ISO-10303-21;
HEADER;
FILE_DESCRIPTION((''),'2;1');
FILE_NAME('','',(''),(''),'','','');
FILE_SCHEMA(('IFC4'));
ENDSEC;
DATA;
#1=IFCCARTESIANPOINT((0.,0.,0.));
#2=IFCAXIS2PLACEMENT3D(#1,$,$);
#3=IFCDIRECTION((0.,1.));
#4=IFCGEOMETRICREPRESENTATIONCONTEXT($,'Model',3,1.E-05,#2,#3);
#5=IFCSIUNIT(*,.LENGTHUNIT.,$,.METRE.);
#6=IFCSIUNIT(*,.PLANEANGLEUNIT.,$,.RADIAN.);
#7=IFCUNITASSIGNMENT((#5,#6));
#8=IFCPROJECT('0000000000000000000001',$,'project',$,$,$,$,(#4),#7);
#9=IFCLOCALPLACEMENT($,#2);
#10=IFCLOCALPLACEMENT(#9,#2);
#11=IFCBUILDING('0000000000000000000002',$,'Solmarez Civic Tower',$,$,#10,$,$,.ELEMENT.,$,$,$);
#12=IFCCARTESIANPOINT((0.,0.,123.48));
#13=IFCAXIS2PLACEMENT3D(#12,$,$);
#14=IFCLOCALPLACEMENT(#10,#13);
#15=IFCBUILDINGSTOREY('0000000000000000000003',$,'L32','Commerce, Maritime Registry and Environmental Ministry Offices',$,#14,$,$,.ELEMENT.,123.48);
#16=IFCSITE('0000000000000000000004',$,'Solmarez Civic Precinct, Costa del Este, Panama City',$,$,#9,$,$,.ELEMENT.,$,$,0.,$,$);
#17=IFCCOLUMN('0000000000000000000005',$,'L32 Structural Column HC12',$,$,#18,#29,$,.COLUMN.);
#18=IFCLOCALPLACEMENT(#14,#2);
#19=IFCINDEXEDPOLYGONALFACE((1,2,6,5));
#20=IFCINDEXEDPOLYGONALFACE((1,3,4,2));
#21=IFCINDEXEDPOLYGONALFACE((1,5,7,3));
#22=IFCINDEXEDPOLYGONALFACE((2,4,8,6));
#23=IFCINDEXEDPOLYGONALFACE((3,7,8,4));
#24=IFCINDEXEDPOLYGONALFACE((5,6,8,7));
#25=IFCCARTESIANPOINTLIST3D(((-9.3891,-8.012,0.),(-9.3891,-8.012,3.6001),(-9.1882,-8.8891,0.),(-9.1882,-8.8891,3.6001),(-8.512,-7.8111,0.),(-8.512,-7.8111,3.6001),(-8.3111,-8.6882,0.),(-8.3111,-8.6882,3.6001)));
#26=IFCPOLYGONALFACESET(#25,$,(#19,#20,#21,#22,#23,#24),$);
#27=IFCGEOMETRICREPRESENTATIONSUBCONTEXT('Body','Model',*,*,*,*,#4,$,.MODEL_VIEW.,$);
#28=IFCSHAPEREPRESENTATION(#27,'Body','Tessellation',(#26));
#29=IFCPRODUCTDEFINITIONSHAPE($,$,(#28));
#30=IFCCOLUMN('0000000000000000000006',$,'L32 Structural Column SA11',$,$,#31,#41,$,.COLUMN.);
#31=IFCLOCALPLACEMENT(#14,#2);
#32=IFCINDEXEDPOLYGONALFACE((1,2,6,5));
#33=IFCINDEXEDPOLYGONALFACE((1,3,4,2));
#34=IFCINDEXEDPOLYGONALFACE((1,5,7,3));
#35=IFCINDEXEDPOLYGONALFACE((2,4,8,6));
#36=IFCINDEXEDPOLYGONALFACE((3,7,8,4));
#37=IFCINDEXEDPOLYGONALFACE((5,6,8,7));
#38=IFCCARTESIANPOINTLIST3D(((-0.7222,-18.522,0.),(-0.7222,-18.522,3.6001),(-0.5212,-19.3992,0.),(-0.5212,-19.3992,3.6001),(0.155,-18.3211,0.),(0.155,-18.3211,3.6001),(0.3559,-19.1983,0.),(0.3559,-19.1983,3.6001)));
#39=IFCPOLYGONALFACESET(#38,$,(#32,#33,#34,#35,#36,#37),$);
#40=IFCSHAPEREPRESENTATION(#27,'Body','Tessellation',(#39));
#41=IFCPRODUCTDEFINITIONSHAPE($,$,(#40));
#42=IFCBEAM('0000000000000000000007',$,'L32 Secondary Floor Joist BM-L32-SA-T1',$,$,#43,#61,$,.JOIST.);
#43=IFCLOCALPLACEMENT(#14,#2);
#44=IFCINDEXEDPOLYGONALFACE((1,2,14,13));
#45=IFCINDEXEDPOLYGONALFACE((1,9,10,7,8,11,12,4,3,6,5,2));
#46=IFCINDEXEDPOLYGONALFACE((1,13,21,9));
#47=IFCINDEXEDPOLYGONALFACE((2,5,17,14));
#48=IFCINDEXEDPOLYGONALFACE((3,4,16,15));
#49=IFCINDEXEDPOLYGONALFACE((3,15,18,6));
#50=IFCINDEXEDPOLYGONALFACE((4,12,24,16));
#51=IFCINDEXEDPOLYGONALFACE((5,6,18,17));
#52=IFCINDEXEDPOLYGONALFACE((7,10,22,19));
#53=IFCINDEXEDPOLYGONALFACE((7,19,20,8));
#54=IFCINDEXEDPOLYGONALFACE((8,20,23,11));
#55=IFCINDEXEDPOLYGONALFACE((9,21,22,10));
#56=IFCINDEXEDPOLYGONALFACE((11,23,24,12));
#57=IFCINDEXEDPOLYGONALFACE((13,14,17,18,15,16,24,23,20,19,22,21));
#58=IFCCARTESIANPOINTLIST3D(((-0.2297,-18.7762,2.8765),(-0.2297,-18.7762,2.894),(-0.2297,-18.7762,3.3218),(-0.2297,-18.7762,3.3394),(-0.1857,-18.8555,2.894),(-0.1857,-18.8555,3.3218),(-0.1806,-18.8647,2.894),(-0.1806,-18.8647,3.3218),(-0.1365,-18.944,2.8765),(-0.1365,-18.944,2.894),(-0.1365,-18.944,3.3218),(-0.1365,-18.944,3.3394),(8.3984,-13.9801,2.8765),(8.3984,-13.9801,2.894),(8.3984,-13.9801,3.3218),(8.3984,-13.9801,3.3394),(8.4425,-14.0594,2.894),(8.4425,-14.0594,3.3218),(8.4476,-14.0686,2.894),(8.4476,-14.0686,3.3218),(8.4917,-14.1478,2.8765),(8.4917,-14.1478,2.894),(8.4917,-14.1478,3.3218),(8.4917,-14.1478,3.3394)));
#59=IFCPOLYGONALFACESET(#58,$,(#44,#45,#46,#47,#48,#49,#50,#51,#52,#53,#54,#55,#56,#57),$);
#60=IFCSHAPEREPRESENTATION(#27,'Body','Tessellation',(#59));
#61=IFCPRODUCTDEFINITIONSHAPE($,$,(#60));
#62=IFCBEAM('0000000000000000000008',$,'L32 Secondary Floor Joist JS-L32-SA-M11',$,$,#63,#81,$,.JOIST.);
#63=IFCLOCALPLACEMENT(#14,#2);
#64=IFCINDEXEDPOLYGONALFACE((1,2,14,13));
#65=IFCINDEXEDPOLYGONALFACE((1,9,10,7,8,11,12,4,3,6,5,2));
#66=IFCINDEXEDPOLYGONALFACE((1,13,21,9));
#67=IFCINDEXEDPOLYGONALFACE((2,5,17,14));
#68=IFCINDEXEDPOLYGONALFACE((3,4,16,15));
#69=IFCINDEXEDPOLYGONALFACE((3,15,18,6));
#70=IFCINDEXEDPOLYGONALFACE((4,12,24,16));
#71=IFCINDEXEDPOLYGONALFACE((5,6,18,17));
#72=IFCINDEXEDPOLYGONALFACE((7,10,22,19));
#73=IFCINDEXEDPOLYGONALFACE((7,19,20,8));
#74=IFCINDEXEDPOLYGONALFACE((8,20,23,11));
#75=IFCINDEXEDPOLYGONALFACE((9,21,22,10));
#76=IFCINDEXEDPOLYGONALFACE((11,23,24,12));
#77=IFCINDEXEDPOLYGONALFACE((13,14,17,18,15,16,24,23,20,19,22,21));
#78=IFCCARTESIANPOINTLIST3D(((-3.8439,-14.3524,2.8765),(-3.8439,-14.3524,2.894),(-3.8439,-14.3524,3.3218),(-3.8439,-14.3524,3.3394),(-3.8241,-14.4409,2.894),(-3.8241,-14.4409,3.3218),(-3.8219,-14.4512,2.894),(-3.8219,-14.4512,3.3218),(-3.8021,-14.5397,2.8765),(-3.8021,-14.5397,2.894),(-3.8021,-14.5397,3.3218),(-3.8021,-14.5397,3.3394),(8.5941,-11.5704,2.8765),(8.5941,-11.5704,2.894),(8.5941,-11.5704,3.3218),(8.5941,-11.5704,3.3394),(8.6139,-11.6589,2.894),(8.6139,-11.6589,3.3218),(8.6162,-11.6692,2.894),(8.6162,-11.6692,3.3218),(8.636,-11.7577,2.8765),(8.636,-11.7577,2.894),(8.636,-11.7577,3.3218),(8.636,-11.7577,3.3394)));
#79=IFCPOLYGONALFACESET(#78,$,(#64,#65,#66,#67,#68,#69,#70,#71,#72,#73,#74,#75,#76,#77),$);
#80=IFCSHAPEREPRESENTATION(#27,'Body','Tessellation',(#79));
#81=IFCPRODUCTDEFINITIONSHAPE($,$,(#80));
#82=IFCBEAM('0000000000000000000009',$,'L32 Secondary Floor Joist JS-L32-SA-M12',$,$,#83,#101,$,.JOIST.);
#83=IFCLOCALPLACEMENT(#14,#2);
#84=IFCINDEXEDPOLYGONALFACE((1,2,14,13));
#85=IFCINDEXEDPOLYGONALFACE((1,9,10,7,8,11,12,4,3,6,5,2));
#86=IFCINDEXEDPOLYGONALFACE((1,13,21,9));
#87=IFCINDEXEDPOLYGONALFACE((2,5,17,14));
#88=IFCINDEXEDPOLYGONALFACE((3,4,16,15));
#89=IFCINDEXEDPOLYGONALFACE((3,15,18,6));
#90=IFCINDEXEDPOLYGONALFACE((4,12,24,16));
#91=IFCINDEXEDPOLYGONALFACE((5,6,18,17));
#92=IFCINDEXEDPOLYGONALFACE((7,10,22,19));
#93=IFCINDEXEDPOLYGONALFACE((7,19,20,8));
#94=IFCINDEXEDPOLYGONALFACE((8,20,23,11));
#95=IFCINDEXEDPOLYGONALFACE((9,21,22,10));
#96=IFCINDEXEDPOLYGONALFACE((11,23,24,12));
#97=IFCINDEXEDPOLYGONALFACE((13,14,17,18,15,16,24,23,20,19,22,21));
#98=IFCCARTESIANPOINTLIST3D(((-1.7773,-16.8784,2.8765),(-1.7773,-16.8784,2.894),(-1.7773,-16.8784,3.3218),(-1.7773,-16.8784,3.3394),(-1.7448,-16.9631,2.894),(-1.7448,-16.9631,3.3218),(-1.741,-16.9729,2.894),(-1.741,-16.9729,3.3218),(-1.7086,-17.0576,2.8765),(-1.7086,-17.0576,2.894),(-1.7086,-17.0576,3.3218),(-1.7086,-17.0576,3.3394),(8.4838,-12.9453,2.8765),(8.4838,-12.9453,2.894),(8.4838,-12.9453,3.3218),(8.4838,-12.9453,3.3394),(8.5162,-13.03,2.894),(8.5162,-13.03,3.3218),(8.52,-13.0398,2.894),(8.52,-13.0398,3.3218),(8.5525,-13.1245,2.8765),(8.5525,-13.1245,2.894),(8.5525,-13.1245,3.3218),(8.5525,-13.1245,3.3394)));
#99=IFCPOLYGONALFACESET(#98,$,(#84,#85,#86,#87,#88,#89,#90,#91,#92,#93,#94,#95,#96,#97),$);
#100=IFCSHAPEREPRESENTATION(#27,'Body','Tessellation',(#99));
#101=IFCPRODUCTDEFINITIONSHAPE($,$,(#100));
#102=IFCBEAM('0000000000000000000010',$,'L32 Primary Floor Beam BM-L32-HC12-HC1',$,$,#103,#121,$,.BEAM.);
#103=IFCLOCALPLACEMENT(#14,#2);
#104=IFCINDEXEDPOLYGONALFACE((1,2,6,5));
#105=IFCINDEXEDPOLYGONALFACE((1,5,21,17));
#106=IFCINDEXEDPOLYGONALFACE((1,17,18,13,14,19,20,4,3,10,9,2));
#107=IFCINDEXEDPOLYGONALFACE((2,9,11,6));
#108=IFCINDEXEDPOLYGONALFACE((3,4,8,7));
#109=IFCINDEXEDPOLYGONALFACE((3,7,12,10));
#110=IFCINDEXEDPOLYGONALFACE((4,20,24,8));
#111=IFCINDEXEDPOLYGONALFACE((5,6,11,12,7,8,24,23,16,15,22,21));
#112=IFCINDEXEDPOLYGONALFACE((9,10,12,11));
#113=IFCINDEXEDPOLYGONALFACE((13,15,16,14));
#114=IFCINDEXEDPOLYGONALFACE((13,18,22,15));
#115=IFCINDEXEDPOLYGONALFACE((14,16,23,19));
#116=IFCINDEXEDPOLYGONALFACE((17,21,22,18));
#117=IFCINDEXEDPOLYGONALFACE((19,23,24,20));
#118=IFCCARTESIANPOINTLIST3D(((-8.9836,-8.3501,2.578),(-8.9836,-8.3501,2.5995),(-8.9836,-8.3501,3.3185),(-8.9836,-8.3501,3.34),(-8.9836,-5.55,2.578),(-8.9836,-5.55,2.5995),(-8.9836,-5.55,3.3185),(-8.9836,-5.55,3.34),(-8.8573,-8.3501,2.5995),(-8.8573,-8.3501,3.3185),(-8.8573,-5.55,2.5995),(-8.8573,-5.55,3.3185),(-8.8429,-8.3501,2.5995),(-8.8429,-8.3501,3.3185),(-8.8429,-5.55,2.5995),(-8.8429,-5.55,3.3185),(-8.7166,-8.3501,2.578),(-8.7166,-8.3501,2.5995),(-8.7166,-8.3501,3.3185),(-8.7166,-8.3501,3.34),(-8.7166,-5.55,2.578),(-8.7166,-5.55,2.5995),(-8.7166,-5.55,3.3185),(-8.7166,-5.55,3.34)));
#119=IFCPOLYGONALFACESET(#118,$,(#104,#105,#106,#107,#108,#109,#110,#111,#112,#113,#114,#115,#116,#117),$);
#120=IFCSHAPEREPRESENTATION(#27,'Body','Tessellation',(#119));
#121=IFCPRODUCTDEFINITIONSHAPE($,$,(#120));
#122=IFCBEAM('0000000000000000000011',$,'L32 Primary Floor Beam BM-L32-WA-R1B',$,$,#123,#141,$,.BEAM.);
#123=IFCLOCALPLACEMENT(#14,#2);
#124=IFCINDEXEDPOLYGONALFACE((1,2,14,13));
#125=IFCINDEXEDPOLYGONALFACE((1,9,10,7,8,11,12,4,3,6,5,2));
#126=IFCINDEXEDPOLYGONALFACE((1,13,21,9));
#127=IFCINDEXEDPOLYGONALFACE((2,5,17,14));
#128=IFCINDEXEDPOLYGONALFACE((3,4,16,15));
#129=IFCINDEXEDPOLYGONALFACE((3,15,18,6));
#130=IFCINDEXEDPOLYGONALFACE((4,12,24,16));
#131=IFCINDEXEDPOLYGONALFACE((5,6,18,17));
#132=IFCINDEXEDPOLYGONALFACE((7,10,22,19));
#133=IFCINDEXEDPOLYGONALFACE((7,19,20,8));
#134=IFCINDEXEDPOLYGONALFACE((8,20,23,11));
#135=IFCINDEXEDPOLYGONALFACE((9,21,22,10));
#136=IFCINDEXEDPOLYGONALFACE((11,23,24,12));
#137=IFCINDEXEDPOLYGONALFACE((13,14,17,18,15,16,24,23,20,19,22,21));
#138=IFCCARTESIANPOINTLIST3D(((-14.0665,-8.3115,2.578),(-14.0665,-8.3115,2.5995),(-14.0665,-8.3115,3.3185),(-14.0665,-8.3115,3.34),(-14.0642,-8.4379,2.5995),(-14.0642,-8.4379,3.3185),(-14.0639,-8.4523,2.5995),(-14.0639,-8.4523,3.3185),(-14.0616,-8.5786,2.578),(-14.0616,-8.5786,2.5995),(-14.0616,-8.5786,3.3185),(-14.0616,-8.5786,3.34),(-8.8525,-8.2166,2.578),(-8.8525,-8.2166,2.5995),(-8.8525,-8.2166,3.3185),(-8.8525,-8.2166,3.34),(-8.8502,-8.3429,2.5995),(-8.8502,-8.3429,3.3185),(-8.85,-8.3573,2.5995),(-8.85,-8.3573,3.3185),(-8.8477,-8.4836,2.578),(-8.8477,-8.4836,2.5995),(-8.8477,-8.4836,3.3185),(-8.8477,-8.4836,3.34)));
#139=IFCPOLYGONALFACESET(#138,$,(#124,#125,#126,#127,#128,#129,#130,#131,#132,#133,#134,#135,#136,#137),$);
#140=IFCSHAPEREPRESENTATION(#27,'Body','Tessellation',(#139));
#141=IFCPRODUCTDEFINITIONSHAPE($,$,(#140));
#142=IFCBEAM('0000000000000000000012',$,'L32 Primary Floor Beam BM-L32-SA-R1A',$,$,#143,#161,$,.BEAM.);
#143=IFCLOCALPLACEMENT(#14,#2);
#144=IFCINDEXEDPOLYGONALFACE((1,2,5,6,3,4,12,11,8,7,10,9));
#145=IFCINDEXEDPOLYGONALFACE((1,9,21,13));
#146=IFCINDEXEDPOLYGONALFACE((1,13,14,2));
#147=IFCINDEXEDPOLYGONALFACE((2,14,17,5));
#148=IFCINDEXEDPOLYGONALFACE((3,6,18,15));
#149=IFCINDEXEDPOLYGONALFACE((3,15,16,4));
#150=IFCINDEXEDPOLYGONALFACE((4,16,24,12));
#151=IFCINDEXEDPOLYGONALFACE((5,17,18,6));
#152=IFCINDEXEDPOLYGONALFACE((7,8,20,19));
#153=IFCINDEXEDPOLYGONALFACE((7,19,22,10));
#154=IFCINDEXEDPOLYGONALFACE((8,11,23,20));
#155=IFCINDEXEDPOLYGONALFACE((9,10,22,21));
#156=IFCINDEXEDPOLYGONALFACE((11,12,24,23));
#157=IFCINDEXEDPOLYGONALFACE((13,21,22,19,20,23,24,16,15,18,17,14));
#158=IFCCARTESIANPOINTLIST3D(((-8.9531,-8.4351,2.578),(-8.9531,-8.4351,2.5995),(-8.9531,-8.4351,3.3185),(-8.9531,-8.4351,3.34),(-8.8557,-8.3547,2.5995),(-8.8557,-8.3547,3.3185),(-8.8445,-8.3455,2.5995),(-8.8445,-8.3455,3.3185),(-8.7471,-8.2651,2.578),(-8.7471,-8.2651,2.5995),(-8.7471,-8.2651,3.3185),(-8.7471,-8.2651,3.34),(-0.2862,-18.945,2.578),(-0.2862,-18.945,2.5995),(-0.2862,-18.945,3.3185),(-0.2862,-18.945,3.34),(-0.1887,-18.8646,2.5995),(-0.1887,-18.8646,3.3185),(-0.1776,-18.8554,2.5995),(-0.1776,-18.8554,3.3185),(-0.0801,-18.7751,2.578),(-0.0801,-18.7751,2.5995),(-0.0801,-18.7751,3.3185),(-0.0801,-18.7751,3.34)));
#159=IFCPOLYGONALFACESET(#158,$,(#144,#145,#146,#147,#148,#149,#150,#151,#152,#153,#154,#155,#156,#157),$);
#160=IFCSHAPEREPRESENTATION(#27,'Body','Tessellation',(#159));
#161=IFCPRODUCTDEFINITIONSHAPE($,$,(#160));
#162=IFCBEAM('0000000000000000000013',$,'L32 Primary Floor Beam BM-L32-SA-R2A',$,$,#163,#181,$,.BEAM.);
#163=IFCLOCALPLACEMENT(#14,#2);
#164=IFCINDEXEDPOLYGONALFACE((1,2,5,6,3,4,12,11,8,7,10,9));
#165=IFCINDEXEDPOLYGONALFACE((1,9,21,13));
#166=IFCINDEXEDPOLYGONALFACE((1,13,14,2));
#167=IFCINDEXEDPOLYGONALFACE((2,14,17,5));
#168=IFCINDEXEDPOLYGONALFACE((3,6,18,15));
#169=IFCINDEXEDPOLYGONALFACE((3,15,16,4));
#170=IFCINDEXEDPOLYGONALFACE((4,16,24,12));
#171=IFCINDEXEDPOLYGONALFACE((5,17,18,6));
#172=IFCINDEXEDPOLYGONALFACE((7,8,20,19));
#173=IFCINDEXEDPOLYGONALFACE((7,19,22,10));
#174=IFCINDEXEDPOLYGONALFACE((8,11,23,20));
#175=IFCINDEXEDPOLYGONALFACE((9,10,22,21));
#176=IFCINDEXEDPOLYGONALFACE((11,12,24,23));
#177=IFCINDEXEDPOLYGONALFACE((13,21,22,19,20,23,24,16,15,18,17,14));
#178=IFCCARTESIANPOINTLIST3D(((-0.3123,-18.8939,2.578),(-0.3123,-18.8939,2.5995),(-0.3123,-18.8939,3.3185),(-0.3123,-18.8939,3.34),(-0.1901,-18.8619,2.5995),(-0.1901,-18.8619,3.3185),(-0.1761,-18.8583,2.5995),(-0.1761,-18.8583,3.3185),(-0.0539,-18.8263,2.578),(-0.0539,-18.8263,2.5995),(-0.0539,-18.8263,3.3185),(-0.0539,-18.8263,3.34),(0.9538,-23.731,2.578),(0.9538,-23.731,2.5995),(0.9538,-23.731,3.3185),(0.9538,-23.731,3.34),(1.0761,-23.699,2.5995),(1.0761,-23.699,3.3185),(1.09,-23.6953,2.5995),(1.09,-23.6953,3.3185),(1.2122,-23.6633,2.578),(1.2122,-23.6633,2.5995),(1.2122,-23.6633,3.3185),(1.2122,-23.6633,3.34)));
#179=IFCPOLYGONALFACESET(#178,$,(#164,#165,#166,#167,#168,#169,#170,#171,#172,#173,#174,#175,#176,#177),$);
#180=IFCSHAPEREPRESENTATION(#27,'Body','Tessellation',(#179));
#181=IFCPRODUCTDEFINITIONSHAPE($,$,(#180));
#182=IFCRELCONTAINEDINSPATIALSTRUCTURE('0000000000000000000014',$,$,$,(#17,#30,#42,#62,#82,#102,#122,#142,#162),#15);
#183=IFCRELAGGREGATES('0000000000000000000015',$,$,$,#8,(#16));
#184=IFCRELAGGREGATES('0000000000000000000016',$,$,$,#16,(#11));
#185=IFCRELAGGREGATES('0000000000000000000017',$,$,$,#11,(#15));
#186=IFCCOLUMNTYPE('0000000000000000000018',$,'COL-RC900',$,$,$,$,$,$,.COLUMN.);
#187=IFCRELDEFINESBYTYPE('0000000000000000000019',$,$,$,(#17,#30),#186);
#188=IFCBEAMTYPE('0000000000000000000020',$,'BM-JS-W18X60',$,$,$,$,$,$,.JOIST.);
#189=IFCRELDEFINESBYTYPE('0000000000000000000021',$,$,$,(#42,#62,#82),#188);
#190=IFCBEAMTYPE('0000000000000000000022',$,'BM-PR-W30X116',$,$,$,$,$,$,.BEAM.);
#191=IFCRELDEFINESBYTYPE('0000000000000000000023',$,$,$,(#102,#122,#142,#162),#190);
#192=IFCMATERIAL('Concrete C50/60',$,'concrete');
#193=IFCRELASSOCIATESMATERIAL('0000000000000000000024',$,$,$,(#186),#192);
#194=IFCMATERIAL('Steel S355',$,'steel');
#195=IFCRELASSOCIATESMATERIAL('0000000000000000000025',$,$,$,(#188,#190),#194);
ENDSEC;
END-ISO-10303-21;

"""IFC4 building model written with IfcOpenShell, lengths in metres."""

from ifc_helpers import new_model, si_unit, direction, frame, origin, origin_2d, place, context, subcontext, project, spatial, rectangle, i_section, extrude, material, material_profile, profile_set, type_object, element, save


model = new_model("IFC4")

# Units and contexts
model_context = context("Model", 3, precision=1e-05, world=origin(), true_north=direction((0.0, 1.0)))
body_context = subcontext(model_context, "Body", "Model", "MODEL_VIEW")
ifc_project = project(units=[si_unit("LENGTHUNIT", "METRE"), si_unit("PLANEANGLEUNIT", "RADIAN")], contexts=[model_context])

# Site, building, storey
site_placement = place(None, origin())
site = spatial("IfcSite", under=ifc_project, at=site_placement, Name="Solmarez Civic Precinct, Costa del Este, Panama City", CompositionType="ELEMENT", RefElevation=0.0)
building_placement = place(site_placement, origin())
building = spatial("IfcBuilding", under=site, at=building_placement, Name="Solmarez Civic Tower", CompositionType="ELEMENT")
storey_placement = place(building_placement, frame((0.0, 0.0, 123.48)))
storey = spatial("IfcBuildingStorey", under=building, at=storey_placement, Name="L32", Description="Commerce, Maritime Registry and Environmental Ministry Offices", CompositionType="ELEMENT", Elevation=123.48)

# Columns
ifc_material_1 = material(Name="Concrete C50/60", Category="concrete")
ifc_material_profile_1 = material_profile(ifc_material_1, rectangle(XDim=0.8999, YDim=0.8999, at=origin_2d()), Name="RC900X900")
ifc_profile_set_1 = profile_set([ifc_material_profile_1], Name="Concrete C50/60")
column_type = type_object("IfcColumnType", Name="COL-RC900", PredefinedType="COLUMN", material=ifc_profile_set_1)
for number, where, z_axis, x_axis, name in (
    (1, (-8.8501, -8.3501, 0.0), (0.0, 0.0, 1.0), (0.974761, 0.22325, 0.0), "L32 Structural Column HC12"),
    (2, (-0.1831, -18.8601, 0.0), (0.0, 0.0, 1.0), (0.974761, 0.22325, 0.0), "L32 Structural Column SA11"),
):
    element("IfcColumn", number, at=place(storey_placement, frame(where, z_axis=z_axis, x_axis=x_axis)), inside=storey, type_object=column_type, Name=name, PredefinedType="COLUMN", context=body_context, shape_type="SweptSolid", body=[
        extrude(rectangle(XDim=0.8999, YDim=0.8999, at=origin_2d()), origin(), (0.0, 0.0, 1.0), 3.6001),
    ])

# Beams
ifc_material_2 = material(Name="Steel S355", Category="steel")
ifc_material_profile_2 = material_profile(ifc_material_2, i_section(OverallWidth=0.1919, OverallDepth=0.4629, WebThickness=0.0105, FlangeThickness=0.0176, at=origin_2d()), Name="W18X60")
ifc_profile_set_2 = profile_set([ifc_material_profile_2], Name="Steel S355")
beam_type_1 = type_object("IfcBeamType", Name="BM-JS-W18X60", PredefinedType="JOIST", material=ifc_profile_set_2)
beam_1_placement = place(storey_placement, frame((-0.1831, -18.8601, 3.1079), z_axis=(0.874041, 0.485853, 0.0), x_axis=(-0.485853, 0.874041, 0.0)))
element("IfcBeam", 3, at=beam_1_placement, inside=storey, type_object=beam_type_1, Name="L32 Secondary Floor Joist BM-L32-SA-T1", PredefinedType="JOIST", context=body_context, shape_type="SweptSolid", body=[
    extrude(i_section(OverallWidth=0.1919, OverallDepth=0.4629, WebThickness=0.0105, FlangeThickness=0.0176, at=origin_2d()), origin(), (0.0, 0.0, 1.0), 9.8716),
])
beam_2_placement = place(storey_placement, frame((-3.823, -14.446, 3.1079), z_axis=(0.975887, 0.218275, 0.0), x_axis=(-0.218275, 0.975887, 0.0)))
element("IfcBeam", 4, at=beam_2_placement, inside=storey, type_object=beam_type_1, Name="L32 Secondary Floor Joist JS-L32-SA-M11", PredefinedType="JOIST", context=body_context, shape_type="SweptSolid", body=[
    extrude(i_section(OverallWidth=0.1919, OverallDepth=0.4629, WebThickness=0.0105, FlangeThickness=0.0176, at=origin_2d()), origin(), (0.0, 0.0, 1.0), 12.7454),
])
beam_3_placement = place(storey_placement, frame((-1.7429, -16.968, 3.1079), z_axis=(0.933754, 0.357914, 0.0), x_axis=(-0.357914, 0.933754, 0.0)))
element("IfcBeam", 5, at=beam_3_placement, inside=storey, type_object=beam_type_1, Name="L32 Secondary Floor Joist JS-L32-SA-M12", PredefinedType="JOIST", context=body_context, shape_type="SweptSolid", body=[
    extrude(i_section(OverallWidth=0.1919, OverallDepth=0.4629, WebThickness=0.0105, FlangeThickness=0.0176, at=origin_2d()), origin(), (0.0, 0.0, 1.0), 10.989),
])
ifc_material_profile_3 = material_profile(ifc_material_2, i_section(OverallWidth=0.2671, OverallDepth=0.762, WebThickness=0.0144, FlangeThickness=0.0215, at=origin_2d()), Name="W30X116")
ifc_profile_set_3 = profile_set([ifc_material_profile_3], Name="Steel S355")
beam_type_2 = type_object("IfcBeamType", Name="BM-PR-W30X116", PredefinedType="BEAM", material=ifc_profile_set_3)
beam_4_placement = place(storey_placement, frame((-8.8501, -8.3501, 2.959), z_axis=(0.0, 1.0, 0.0), x_axis=(-1.0, 0.0, 0.0)))
element("IfcBeam", 6, at=beam_4_placement, inside=storey, type_object=beam_type_2, Name="L32 Primary Floor Beam BM-L32-HC12-HC1", PredefinedType="BEAM", context=body_context, shape_type="SweptSolid", body=[
    extrude(i_section(OverallWidth=0.2671, OverallDepth=0.762, WebThickness=0.0144, FlangeThickness=0.0215, at=origin_2d()), origin(), (0.0, 0.0, 1.0), 2.8),
])
beam_5_placement = place(storey_placement, frame((-8.8501, -8.3501, 2.959), z_axis=(-0.999834, -0.018212, 0.0), x_axis=(0.018212, -0.999834, 0.0)))
element("IfcBeam", 7, at=beam_5_placement, inside=storey, type_object=beam_type_2, Name="L32 Primary Floor Beam BM-L32-WA-R1B", PredefinedType="BEAM", context=body_context, shape_type="SweptSolid", body=[
    extrude(i_section(OverallWidth=0.2671, OverallDepth=0.762, WebThickness=0.0144, FlangeThickness=0.0215, at=origin_2d()), origin(), (0.0, 0.0, 1.0), 5.2148),
])
beam_6_placement = place(storey_placement, frame((-8.8501, -8.3501, 2.959), z_axis=(0.636218, -0.771509, 0.0), x_axis=(0.771509, 0.636218, 0.0)))
element("IfcBeam", 8, at=beam_6_placement, inside=storey, type_object=beam_type_2, Name="L32 Primary Floor Beam BM-L32-SA-R1A", PredefinedType="BEAM", context=body_context, shape_type="SweptSolid", body=[
    extrude(i_section(OverallWidth=0.2671, OverallDepth=0.762, WebThickness=0.0144, FlangeThickness=0.0215, at=origin_2d()), origin(), (0.0, 0.0, 1.0), 13.6226),
])
beam_7_placement = place(storey_placement, frame((-0.1831, -18.8601, 2.959), z_axis=(0.253229, -0.967406, 0.0), x_axis=(0.967406, 0.253229, 0.0)))
element("IfcBeam", 9, at=beam_7_placement, inside=storey, type_object=beam_type_2, Name="L32 Primary Floor Beam BM-L32-SA-R2A", PredefinedType="BEAM", context=body_context, shape_type="SweptSolid", body=[
    extrude(i_section(OverallWidth=0.2671, OverallDepth=0.762, WebThickness=0.0144, FlangeThickness=0.0215, at=origin_2d()), origin(), (0.0, 0.0, 1.0), 5.0),
])

save(model, "model.ifc")
